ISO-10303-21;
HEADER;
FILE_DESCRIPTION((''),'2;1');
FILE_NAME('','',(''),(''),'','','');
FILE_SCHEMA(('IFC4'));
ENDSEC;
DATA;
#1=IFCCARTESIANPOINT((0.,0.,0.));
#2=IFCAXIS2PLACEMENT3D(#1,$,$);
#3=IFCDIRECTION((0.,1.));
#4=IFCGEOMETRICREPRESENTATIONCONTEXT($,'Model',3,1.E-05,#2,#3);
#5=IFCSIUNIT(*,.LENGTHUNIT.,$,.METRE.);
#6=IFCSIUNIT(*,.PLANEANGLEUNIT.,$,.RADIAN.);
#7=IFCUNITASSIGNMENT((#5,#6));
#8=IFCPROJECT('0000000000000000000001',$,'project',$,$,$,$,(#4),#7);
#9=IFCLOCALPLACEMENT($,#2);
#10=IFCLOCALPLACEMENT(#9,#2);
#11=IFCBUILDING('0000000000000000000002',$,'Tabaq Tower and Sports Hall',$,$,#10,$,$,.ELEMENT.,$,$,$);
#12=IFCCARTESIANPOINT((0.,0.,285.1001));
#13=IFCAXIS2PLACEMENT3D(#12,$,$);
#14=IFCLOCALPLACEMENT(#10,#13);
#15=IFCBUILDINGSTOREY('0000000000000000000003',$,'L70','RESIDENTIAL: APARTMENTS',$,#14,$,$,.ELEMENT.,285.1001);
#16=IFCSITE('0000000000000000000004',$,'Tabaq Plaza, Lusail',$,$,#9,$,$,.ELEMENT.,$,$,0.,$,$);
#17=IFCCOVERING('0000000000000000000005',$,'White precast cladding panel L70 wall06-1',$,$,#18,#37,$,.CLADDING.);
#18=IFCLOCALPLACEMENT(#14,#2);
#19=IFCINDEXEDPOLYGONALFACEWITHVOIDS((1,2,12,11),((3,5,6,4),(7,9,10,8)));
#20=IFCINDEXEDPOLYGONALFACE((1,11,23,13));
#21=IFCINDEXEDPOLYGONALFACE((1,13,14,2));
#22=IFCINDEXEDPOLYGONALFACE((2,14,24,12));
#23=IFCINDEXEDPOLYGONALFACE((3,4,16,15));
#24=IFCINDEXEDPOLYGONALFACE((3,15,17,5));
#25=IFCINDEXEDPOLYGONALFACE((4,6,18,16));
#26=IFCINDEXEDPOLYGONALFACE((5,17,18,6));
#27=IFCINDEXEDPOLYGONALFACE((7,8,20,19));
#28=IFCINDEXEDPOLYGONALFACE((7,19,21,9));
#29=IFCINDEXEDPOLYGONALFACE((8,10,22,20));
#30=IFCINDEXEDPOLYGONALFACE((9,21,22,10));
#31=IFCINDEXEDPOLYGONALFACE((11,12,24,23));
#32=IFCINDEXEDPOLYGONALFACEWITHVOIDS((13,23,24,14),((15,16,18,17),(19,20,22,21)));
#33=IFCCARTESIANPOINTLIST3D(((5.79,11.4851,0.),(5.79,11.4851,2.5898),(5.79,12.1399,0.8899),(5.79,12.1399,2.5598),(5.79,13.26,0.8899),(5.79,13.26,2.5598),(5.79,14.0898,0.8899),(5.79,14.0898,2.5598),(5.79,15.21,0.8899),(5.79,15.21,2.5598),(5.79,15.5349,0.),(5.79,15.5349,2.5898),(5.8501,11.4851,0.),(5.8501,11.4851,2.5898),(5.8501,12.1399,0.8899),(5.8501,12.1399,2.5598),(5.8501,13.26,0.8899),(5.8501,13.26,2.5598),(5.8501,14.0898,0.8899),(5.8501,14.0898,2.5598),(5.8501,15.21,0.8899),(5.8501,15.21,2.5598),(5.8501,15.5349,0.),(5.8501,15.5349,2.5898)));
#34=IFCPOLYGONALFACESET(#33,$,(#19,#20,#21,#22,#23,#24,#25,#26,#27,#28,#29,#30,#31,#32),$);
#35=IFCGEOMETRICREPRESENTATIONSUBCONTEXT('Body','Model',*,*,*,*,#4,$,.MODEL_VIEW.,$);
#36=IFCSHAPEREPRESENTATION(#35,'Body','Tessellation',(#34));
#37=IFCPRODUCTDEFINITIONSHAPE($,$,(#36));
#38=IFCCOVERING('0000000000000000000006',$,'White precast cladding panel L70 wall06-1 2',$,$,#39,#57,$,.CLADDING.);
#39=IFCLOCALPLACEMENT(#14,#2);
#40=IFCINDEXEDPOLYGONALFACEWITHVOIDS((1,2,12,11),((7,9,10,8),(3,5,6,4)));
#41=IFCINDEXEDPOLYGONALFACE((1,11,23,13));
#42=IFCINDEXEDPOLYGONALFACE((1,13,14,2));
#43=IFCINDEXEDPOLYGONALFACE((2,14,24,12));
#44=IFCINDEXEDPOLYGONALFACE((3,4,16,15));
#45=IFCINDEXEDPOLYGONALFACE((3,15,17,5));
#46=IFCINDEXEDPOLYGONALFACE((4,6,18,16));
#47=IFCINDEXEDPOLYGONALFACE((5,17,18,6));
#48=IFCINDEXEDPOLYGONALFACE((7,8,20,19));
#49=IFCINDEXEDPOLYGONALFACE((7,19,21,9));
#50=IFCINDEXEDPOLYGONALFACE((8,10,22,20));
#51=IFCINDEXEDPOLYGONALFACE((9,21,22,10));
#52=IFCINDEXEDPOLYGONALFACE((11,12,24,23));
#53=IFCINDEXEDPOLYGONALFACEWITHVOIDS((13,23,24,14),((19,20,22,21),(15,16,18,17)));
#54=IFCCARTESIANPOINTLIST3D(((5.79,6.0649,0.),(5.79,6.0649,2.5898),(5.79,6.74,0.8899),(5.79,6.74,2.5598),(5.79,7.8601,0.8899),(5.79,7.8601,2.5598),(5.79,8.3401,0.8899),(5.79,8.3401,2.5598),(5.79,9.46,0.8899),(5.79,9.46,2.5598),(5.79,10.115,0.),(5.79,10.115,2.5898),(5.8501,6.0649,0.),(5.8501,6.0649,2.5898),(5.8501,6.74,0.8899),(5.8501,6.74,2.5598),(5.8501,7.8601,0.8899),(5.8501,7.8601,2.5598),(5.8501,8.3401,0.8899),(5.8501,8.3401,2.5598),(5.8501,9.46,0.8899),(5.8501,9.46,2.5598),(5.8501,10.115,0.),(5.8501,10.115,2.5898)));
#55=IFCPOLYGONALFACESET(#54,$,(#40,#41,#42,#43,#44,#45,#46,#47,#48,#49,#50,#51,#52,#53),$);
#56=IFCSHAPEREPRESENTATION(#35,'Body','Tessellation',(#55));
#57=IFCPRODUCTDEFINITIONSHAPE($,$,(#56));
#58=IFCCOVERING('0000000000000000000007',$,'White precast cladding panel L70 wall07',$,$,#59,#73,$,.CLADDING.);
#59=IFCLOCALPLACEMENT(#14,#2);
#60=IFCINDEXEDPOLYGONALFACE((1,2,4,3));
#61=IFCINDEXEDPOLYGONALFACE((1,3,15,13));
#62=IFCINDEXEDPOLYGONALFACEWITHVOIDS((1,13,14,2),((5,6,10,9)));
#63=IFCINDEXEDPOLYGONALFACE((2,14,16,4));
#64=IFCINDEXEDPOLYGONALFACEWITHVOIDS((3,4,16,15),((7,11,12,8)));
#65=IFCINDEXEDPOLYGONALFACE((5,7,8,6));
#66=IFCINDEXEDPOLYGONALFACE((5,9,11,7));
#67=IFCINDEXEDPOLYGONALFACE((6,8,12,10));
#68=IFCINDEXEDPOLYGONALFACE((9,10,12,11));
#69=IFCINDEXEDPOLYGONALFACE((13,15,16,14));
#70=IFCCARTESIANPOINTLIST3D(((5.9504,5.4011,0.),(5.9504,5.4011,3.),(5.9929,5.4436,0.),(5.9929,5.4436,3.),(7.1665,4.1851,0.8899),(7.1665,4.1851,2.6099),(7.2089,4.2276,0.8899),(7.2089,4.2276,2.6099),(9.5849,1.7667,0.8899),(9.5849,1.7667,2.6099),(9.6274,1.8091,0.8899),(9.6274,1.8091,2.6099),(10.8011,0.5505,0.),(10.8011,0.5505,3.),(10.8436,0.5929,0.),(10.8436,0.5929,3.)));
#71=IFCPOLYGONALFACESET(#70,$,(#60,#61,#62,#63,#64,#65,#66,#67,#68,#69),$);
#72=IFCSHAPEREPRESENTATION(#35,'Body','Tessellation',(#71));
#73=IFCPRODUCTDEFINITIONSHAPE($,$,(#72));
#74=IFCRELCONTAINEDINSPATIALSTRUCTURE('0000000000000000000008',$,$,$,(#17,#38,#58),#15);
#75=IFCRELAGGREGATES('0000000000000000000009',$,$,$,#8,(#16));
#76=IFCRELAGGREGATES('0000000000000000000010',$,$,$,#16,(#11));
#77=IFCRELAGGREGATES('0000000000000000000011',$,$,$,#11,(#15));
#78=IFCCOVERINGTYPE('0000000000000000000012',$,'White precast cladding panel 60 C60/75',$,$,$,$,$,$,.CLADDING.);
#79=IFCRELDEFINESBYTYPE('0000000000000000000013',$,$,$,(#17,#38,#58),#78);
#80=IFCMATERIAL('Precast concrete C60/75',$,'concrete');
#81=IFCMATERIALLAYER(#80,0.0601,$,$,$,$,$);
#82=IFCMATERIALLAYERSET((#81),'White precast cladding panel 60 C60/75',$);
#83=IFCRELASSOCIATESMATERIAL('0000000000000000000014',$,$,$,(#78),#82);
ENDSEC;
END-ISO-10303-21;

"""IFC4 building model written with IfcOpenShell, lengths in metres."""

from ifc_helpers import new_model, si_unit, direction, frame, origin, place, context, subcontext, project, spatial, polyline, outline, extrude, material, layer, layer_set, type_object, element, save


model = new_model("IFC4")

# Units and contexts
model_context = context("Model", 3, precision=1e-05, world=origin(), true_north=direction((0.0, 1.0)))
body_context = subcontext(model_context, "Body", "Model", "MODEL_VIEW")
ifc_project = project(units=[si_unit("LENGTHUNIT", "METRE"), si_unit("PLANEANGLEUNIT", "RADIAN")], contexts=[model_context])

# Site, building, storey
site_placement = place(None, origin())
site = spatial("IfcSite", under=ifc_project, at=site_placement, Name="Tabaq Plaza, Lusail", CompositionType="ELEMENT", RefElevation=0.0)
building_placement = place(site_placement, origin())
building = spatial("IfcBuilding", under=site, at=building_placement, Name="Tabaq Tower and Sports Hall", CompositionType="ELEMENT")
storey_placement = place(building_placement, frame((0.0, 0.0, 285.1001)))
storey = spatial("IfcBuildingStorey", under=building, at=storey_placement, Name="L70", Description="RESIDENTIAL: APARTMENTS", CompositionType="ELEMENT", Elevation=285.1001)

# Coverings
ifc_material_1 = material(Name="Precast concrete C60/75", Category="concrete")
ifc_layer_1 = layer(ifc_material_1, 0.0601)
ifc_layer_set_1 = layer_set([ifc_layer_1], Name="White precast cladding panel 60 C60/75")
covering_type_1 = type_object("IfcCoveringType", Name="White precast cladding panel 60 C60/75", PredefinedType="CLADDING", material=ifc_layer_set_1)
covering_1_placement = place(storey_placement, frame((5.8201, 15.5349, 0.0), z_axis=(0.0, 0.0, 1.0), x_axis=(0.0, -1.0, 0.0)))
element("IfcCovering", 1, at=covering_1_placement, inside=storey, type_object=covering_type_1, Name="White precast cladding panel L70 wall06-1", PredefinedType="CLADDING", context=body_context, shape_type="SweptSolid", body=[
    extrude(outline(polyline([(0.0, 0.0), (4.0498, 0.0), (4.0498, 2.5898), (0.0, 2.5898), (0.0, 0.0)]), holes=[polyline([(0.325, 0.8899), (0.325, 2.5598), (1.4451, 2.5598), (1.4451, 0.8899), (0.325, 0.8899)]), polyline([(2.2749, 0.8899), (2.2749, 2.5598), (3.395, 2.5598), (3.395, 0.8899), (2.2749, 0.8899)])]), frame((0.0, 0.03, 0.0), z_axis=(0.0, -1.0, 0.0), x_axis=(1.0, 0.0, 0.0)), (0.0, 0.0, 1.0), 0.0601),
])
covering_2_placement = place(storey_placement, frame((5.8201, 10.115, 0.0), z_axis=(0.0, 0.0, 1.0), x_axis=(0.0, -1.0, 0.0)))
element("IfcCovering", 2, at=covering_2_placement, inside=storey, type_object=covering_type_1, Name="White precast cladding panel L70 wall06-1 2", PredefinedType="CLADDING", context=body_context, shape_type="SweptSolid", body=[
    extrude(outline(polyline([(0.0, 0.0), (4.05, 0.0), (4.05, 2.5898), (0.0, 2.5898), (0.0, 0.0)]), holes=[polyline([(0.655, 0.8899), (0.655, 2.5598), (1.7749, 2.5598), (1.7749, 0.8899), (0.655, 0.8899)]), polyline([(2.2549, 0.8899), (2.2549, 2.5598), (3.375, 2.5598), (3.375, 0.8899), (2.2549, 0.8899)])]), frame((0.0, 0.03, 0.0), z_axis=(0.0, -1.0, 0.0), x_axis=(1.0, 0.0, 0.0)), (0.0, 0.0, 1.0), 0.0601),
])
covering_3_placement = place(storey_placement, frame((5.9717, 5.4224, 0.0), z_axis=(0.0, 0.0, 1.0), x_axis=(0.707107, -0.707107, 0.0)))
element("IfcCovering", 3, at=covering_3_placement, inside=storey, type_object=covering_type_1, Name="White precast cladding panel L70 wall07", PredefinedType="CLADDING", context=body_context, shape_type="SweptSolid", body=[
    extrude(outline(polyline([(0.0, 0.0), (6.8599, 0.0), (6.8599, 3.0), (0.0, 3.0), (0.0, 0.0)]), holes=[polyline([(1.7197, 0.8899), (1.7197, 2.6099), (5.1399, 2.6099), (5.1399, 0.8899), (1.7197, 0.8899)])]), frame((0.0, 0.03, 0.0), z_axis=(0.0, -1.0, 0.0), x_axis=(1.0, 0.0, 0.0)), (0.0, 0.0, 1.0), 0.0601),
])

save(model, "model.ifc")
